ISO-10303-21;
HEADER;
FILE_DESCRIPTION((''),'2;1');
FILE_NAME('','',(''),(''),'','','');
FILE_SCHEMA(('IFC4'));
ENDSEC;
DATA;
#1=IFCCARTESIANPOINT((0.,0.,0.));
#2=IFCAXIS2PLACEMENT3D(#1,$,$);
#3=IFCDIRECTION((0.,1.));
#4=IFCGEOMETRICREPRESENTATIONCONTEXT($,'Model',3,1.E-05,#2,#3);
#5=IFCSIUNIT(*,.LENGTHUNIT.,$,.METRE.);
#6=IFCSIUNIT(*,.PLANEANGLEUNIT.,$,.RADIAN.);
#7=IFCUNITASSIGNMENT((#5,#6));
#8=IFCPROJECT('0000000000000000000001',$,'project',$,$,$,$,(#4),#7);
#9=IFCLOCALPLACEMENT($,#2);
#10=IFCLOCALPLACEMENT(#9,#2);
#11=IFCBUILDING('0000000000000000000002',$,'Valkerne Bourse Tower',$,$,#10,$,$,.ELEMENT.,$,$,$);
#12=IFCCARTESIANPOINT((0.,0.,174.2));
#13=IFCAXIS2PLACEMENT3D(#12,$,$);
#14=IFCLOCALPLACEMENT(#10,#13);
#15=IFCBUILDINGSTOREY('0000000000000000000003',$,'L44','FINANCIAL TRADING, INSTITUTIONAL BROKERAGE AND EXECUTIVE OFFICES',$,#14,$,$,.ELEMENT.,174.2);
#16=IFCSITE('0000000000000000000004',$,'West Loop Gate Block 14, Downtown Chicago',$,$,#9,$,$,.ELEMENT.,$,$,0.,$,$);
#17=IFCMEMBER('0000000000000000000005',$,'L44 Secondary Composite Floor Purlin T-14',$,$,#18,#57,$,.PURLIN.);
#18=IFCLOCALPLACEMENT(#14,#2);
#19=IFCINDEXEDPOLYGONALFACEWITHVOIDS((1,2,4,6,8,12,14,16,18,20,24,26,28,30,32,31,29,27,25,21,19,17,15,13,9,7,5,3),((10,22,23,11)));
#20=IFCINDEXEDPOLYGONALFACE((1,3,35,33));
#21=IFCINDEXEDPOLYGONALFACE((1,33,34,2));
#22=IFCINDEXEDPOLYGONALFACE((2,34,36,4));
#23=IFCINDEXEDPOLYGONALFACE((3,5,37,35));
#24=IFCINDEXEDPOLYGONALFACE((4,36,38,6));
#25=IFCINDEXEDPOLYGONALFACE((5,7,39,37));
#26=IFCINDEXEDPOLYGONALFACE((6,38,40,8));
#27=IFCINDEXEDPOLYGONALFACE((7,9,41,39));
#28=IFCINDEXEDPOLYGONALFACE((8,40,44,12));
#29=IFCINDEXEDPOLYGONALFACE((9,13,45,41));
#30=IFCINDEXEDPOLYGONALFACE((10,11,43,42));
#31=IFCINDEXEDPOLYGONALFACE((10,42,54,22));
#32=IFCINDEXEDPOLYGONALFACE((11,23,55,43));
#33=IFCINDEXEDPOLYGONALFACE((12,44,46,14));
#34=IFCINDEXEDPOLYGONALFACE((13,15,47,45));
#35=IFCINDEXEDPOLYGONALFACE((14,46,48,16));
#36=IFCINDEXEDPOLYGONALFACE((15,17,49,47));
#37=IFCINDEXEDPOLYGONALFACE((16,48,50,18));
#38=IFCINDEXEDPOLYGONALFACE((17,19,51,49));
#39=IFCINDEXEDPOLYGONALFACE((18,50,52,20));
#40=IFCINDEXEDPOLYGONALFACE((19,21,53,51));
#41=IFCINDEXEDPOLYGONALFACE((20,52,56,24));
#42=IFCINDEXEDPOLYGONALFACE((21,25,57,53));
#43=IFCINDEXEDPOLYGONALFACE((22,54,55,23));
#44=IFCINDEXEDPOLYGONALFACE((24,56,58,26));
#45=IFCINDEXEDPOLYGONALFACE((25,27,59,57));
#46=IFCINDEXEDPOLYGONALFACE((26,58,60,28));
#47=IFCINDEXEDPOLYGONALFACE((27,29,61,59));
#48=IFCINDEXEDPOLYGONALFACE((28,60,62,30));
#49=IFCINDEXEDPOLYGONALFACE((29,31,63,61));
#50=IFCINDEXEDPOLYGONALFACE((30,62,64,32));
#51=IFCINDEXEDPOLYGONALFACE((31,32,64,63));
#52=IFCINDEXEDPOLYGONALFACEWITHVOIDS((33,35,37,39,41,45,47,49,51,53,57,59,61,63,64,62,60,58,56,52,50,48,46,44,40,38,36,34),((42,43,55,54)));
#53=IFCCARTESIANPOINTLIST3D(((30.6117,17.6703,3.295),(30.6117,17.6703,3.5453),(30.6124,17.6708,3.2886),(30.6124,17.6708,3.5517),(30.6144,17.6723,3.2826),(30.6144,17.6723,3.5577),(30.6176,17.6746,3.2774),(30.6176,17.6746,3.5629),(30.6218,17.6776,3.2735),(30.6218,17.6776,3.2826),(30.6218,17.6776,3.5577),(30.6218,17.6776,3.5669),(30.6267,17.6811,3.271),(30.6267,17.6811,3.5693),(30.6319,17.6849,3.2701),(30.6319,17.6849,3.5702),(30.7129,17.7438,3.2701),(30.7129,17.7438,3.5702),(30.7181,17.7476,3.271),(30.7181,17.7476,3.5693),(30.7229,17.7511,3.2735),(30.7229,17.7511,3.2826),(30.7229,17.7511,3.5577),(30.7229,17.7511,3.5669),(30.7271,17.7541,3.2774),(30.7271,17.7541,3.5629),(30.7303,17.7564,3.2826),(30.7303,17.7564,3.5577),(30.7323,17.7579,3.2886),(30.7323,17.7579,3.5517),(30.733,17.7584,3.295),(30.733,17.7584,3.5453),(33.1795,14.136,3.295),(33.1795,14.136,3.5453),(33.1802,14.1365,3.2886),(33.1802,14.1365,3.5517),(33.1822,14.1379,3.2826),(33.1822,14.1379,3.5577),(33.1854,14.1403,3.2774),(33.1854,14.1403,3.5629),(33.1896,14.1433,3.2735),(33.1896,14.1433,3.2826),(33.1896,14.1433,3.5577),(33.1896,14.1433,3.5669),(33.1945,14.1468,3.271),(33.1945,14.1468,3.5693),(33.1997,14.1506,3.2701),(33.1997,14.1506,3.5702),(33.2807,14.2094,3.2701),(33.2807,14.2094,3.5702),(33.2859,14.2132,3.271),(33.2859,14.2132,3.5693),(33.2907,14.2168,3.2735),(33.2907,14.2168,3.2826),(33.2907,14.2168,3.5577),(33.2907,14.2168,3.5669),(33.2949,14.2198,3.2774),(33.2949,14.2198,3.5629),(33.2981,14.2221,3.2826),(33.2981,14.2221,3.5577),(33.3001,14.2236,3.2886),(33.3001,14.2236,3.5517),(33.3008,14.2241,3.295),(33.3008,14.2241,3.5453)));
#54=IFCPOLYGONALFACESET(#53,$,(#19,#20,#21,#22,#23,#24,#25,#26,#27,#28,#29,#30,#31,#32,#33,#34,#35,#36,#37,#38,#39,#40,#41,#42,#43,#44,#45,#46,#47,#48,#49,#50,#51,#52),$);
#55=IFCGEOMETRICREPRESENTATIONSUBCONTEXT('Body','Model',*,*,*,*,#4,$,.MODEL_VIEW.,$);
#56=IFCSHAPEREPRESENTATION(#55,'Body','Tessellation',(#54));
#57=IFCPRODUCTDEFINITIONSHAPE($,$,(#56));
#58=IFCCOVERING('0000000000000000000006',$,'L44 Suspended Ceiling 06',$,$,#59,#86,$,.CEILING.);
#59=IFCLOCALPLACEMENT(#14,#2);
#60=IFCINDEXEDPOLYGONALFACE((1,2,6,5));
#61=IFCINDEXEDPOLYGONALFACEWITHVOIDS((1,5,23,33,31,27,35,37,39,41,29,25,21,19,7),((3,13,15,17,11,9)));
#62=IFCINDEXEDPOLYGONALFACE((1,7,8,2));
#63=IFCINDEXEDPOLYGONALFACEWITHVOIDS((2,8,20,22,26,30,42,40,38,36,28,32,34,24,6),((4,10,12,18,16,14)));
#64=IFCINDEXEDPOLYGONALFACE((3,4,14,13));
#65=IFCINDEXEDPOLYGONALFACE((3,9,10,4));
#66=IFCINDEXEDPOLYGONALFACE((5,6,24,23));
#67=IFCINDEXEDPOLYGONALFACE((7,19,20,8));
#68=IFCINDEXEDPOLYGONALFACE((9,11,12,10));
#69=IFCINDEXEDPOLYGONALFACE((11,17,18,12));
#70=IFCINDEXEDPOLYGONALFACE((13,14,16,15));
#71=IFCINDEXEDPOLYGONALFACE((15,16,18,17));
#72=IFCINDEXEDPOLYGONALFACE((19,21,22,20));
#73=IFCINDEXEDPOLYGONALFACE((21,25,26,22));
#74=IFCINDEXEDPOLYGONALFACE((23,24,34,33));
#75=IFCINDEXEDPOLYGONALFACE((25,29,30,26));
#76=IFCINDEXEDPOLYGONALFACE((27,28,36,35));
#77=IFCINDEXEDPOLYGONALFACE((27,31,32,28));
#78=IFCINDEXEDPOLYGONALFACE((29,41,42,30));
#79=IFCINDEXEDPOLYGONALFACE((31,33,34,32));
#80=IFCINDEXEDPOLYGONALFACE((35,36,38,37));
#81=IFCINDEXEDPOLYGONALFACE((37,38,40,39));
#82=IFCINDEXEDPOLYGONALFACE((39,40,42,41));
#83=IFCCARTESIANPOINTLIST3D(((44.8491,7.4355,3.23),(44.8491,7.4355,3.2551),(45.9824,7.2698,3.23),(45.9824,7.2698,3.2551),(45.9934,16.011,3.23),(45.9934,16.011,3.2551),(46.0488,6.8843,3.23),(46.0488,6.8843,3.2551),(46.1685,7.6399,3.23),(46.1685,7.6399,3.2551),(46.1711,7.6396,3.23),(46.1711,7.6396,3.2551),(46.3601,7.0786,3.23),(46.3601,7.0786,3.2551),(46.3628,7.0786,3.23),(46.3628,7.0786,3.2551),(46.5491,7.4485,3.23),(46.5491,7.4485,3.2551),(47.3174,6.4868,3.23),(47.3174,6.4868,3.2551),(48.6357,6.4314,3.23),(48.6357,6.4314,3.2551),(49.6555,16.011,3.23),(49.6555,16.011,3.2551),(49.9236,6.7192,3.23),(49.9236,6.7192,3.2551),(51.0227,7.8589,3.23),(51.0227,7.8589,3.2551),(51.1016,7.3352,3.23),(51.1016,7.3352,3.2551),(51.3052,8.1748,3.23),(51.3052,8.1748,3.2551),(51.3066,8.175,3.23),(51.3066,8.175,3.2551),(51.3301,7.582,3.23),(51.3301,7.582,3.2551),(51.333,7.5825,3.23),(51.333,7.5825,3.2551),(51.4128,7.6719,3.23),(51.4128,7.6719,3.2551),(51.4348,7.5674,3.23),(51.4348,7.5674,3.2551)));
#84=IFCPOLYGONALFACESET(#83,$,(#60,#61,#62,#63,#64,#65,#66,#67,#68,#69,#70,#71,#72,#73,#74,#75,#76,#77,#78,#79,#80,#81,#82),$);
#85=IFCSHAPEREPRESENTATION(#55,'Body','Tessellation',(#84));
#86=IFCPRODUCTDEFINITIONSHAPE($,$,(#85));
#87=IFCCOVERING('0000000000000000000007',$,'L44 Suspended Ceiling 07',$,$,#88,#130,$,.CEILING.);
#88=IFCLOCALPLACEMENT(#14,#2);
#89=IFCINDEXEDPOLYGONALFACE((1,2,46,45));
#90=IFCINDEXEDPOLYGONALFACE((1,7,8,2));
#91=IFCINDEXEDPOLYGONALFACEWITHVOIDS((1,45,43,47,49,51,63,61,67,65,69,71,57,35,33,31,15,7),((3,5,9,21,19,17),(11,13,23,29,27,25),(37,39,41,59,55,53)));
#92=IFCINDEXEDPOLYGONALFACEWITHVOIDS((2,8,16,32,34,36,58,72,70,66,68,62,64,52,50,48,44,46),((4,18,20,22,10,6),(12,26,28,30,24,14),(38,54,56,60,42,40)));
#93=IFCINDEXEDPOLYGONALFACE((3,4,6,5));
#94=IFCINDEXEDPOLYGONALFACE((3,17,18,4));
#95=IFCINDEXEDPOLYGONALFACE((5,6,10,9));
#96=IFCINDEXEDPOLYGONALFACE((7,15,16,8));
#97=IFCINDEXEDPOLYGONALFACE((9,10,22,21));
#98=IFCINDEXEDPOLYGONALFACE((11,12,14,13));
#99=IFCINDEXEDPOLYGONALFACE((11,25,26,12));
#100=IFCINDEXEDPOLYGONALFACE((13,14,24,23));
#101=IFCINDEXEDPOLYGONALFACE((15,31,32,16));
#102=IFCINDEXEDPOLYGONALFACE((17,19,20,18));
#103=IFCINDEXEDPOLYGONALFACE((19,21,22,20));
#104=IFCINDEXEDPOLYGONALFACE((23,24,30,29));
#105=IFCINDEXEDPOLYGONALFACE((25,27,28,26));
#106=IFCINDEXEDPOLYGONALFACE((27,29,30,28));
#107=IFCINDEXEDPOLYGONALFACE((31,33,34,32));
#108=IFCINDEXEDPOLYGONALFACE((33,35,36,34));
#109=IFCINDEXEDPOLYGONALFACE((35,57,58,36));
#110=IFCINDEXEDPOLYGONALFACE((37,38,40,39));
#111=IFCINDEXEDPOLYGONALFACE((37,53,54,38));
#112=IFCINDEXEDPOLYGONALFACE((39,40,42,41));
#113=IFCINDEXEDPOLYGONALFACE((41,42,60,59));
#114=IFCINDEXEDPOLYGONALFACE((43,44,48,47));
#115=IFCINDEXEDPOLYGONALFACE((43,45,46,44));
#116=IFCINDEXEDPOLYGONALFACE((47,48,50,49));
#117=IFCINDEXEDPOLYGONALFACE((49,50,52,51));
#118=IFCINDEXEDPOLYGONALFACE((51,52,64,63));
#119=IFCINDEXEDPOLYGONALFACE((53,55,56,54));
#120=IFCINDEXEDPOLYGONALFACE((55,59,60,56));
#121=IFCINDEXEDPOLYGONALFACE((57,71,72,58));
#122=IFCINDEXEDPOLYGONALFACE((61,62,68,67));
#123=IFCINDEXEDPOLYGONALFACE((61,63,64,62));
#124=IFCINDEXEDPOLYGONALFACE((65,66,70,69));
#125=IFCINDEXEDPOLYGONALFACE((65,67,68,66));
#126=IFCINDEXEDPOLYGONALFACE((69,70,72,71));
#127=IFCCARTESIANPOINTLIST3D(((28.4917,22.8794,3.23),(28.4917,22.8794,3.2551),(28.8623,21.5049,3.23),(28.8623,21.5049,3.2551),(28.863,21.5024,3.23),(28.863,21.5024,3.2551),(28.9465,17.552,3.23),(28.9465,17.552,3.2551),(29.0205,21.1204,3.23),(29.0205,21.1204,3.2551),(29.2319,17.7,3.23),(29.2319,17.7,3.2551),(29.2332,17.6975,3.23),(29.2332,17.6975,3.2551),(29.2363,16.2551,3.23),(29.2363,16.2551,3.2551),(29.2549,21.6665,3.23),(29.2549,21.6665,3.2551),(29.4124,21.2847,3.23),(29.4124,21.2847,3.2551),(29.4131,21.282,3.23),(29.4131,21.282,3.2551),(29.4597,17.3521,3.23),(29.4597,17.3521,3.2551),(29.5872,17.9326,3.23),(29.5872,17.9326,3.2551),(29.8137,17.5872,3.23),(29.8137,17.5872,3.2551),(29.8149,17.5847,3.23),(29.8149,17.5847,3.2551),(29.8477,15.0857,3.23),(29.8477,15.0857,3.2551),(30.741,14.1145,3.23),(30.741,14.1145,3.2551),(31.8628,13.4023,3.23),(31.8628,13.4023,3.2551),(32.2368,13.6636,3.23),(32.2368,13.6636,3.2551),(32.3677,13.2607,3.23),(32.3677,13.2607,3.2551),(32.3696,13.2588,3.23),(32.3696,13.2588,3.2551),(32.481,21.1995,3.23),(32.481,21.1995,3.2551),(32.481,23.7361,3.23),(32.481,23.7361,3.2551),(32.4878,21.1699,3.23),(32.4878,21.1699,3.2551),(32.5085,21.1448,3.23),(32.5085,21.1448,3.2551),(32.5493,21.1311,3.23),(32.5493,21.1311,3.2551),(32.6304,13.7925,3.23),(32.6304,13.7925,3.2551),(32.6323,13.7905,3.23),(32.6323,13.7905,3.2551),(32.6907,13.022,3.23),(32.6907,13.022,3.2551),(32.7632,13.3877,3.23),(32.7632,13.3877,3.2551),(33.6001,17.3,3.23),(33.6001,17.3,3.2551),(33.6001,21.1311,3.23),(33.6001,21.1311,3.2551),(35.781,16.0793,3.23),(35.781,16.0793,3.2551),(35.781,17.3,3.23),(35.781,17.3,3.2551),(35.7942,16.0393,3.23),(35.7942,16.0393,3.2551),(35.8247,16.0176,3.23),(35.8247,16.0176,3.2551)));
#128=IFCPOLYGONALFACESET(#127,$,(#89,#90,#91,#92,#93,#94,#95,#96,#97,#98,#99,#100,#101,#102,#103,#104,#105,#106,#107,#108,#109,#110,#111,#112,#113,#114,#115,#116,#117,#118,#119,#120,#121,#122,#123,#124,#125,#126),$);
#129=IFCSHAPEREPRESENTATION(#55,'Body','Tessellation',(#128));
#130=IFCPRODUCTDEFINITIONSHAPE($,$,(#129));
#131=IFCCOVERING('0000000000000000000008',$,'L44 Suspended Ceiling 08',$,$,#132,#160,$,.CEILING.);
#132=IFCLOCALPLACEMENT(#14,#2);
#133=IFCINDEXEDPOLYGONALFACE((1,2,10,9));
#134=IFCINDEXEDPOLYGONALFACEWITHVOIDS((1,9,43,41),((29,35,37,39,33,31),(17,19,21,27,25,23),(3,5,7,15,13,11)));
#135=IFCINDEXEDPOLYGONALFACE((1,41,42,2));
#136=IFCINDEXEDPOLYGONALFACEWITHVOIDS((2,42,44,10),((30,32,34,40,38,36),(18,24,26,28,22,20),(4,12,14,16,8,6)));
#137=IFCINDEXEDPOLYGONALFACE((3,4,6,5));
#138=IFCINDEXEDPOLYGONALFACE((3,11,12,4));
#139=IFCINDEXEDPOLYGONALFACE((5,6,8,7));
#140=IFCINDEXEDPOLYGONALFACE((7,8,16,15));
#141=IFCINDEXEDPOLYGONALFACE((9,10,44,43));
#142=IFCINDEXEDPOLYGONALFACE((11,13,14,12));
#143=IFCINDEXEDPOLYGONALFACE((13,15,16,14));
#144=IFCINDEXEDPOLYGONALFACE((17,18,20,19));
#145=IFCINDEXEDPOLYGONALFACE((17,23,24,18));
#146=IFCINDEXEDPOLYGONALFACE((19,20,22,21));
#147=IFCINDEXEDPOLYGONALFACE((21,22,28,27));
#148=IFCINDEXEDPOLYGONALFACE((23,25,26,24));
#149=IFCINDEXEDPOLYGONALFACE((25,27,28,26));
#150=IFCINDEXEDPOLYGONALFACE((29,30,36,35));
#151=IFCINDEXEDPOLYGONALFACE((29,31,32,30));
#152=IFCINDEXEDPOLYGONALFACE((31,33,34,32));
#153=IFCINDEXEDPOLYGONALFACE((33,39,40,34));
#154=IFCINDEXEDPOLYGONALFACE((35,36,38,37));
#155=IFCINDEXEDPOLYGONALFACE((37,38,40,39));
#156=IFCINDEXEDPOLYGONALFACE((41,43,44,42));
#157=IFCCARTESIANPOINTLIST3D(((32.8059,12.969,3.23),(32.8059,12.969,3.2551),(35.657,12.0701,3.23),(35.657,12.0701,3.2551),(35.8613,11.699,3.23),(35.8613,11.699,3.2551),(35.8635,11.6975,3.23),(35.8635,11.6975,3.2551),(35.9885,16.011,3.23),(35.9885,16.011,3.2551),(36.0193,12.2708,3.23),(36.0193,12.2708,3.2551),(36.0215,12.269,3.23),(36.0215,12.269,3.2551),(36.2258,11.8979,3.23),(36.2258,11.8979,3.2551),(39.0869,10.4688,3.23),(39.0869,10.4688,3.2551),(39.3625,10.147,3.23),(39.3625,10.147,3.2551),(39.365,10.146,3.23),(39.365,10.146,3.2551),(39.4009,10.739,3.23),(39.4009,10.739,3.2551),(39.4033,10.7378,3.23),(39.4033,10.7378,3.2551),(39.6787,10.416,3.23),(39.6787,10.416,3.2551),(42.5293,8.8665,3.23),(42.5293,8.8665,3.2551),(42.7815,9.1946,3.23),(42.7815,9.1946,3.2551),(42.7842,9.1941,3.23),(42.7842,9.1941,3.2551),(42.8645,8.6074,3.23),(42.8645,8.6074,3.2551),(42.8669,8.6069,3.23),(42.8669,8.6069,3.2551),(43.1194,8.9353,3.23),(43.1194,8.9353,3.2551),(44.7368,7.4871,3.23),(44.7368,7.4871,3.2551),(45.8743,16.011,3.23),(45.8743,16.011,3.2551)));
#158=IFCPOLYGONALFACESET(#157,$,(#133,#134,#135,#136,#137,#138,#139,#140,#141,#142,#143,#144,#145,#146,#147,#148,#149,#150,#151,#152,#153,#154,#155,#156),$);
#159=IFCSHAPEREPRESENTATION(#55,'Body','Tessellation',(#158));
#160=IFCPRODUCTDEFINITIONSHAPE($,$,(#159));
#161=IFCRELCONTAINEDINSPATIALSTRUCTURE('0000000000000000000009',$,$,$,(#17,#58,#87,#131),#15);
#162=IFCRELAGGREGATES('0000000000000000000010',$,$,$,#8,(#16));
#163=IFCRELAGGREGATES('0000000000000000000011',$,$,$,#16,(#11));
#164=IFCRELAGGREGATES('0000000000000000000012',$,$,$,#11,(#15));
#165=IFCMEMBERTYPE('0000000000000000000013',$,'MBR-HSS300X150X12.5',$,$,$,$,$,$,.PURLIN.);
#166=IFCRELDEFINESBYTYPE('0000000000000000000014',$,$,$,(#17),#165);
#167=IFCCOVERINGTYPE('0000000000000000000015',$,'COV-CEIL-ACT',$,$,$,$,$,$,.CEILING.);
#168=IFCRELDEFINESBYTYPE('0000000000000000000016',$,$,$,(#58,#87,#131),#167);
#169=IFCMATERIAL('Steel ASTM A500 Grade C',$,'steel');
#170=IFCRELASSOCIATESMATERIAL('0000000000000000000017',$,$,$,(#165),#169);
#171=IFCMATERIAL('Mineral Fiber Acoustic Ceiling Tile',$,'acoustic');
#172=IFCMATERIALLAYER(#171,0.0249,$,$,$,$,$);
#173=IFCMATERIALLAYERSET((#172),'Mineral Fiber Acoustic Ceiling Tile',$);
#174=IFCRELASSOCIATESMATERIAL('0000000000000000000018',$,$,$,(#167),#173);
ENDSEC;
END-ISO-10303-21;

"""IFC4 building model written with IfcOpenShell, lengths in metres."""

from ifc_helpers import new_model, si_unit, direction, frame, origin, origin_2d, place, context, subcontext, project, spatial, polyline, hollow_rectangle, outline, extrude, material, layer, layer_set, material_profile, profile_set, type_object, element, save


model = new_model("IFC4")

# Units and contexts
model_context = context("Model", 3, precision=1e-05, world=origin(), true_north=direction((0.0, 1.0)))
body_context = subcontext(model_context, "Body", "Model", "MODEL_VIEW")
ifc_project = project(units=[si_unit("LENGTHUNIT", "METRE"), si_unit("PLANEANGLEUNIT", "RADIAN")], contexts=[model_context])

# Site, building, storey
site_placement = place(None, origin())
site = spatial("IfcSite", under=ifc_project, at=site_placement, Name="West Loop Gate Block 14, Downtown Chicago", CompositionType="ELEMENT", RefElevation=0.0)
building_placement = place(site_placement, origin())
building = spatial("IfcBuilding", under=site, at=building_placement, Name="Valkerne Bourse Tower", CompositionType="ELEMENT")
storey_placement = place(building_placement, frame((0.0, 0.0, 174.2)))
storey = spatial("IfcBuildingStorey", under=building, at=storey_placement, Name="L44", Description="FINANCIAL TRADING, INSTITUTIONAL BROKERAGE AND EXECUTIVE OFFICES", CompositionType="ELEMENT", Elevation=174.2)

# Member
ifc_material_1 = material(Name="Steel ASTM A500 Grade C", Category="steel")
ifc_material_profile_1 = material_profile(ifc_material_1, hollow_rectangle(XDim=0.1499, YDim=0.3, WallThickness=0.0125, OuterFilletRadius=0.0249, at=origin_2d()), Name="HSS300X150X12.5")
ifc_profile_set_1 = profile_set([ifc_material_profile_1], Name="Steel ASTM A500 Grade C")
member_type_1 = type_object("IfcMemberType", Name="MBR-HSS300X150X12.5", PredefinedType="PURLIN", material=ifc_profile_set_1)
member_1_placement = place(storey_placement, frame((30.6724, 17.7144, 3.4202), z_axis=(0.58778, -0.809021, 0.0), x_axis=(0.809021, 0.58778, 0.0)))
element("IfcMember", 1, at=member_1_placement, inside=storey, type_object=member_type_1, Name="L44 Secondary Composite Floor Purlin T-14", PredefinedType="PURLIN", context=body_context, shape_type="SweptSolid", body=[
    extrude(hollow_rectangle(XDim=0.1499, YDim=0.3, WallThickness=0.0125, OuterFilletRadius=0.0249, at=origin_2d()), origin(), (0.0, 0.0, 1.0), 4.3687),
])

# Coverings
ifc_material_2 = material(Name="Mineral Fiber Acoustic Ceiling Tile", Category="acoustic")
ifc_layer_1 = layer(ifc_material_2, 0.0249)
ifc_layer_set_1 = layer_set([ifc_layer_1], Name="Mineral Fiber Acoustic Ceiling Tile")
covering_type_1 = type_object("IfcCoveringType", Name="COV-CEIL-ACT", PredefinedType="CEILING", material=ifc_layer_set_1)
covering_1_placement = place(storey_placement, frame((0.0, 0.0, 3.23)))
element("IfcCovering", 2, at=covering_1_placement, inside=storey, type_object=covering_type_1, Name="L44 Suspended Ceiling 06", PredefinedType="CEILING", context=body_context, shape_type="SweptSolid", body=[
    extrude(outline(polyline([(48.6357, 6.4314), (47.3174, 6.4868), (46.0488, 6.8843), (44.8491, 7.4355), (45.9934, 16.011), (49.6555, 16.011), (51.3066, 8.175), (51.3052, 8.1748), (51.0227, 7.8589), (51.3301, 7.582), (51.333, 7.5825), (51.4128, 7.6719), (51.4348, 7.5674), (51.1016, 7.3352), (49.9236, 6.7192), (48.6357, 6.4314)]), holes=[polyline([(46.5491, 7.4485), (46.1711, 7.6396), (46.1685, 7.6399), (45.9824, 7.2698), (46.3601, 7.0786), (46.3628, 7.0786), (46.5491, 7.4485)])]), origin(), (0.0, 0.0, 1.0), 0.0251),
])
covering_2_placement = place(storey_placement, frame((0.0, 0.0, 3.23)))
element("IfcCovering", 3, at=covering_2_placement, inside=storey, type_object=covering_type_1, Name="L44 Suspended Ceiling 07", PredefinedType="CEILING", context=body_context, shape_type="SweptSolid", body=[
    extrude(outline(polyline([(29.8477, 15.0857), (29.2363, 16.2551), (28.9465, 17.552), (28.4917, 22.8794), (32.481, 23.7361), (32.481, 21.1995), (32.4878, 21.1699), (32.5085, 21.1448), (32.5493, 21.1311), (33.6001, 21.1311), (33.6001, 17.3), (35.781, 17.3), (35.781, 16.0793), (35.7942, 16.0393), (35.8247, 16.0176), (32.6907, 13.022), (31.8628, 13.4023), (30.741, 14.1145), (29.8477, 15.0857)]), holes=[polyline([(32.6323, 13.7905), (32.6304, 13.7925), (32.2368, 13.6636), (32.3677, 13.2607), (32.3696, 13.2588), (32.7632, 13.3877), (32.6323, 13.7905)]), polyline([(29.8149, 17.5847), (29.8137, 17.5872), (29.5872, 17.9326), (29.2319, 17.7), (29.2332, 17.6975), (29.4597, 17.3521), (29.8149, 17.5847)]), polyline([(29.4131, 21.282), (29.4124, 21.2847), (29.2549, 21.6665), (28.8623, 21.5049), (28.863, 21.5024), (29.0205, 21.1204), (29.4131, 21.282)])]), origin(), (0.0, 0.0, 1.0), 0.0251),
])
covering_3_placement = place(storey_placement, frame((0.0, 0.0, 3.23)))
element("IfcCovering", 4, at=covering_3_placement, inside=storey, type_object=covering_type_1, Name="L44 Suspended Ceiling 08", PredefinedType="CEILING", context=body_context, shape_type="SweptSolid", body=[
    extrude(outline(polyline([(45.8743, 16.011), (44.7368, 7.4871), (32.8059, 12.969), (35.9885, 16.011), (45.8743, 16.011)]), holes=[polyline([(36.0215, 12.269), (36.0193, 12.2708), (35.657, 12.0701), (35.8613, 11.699), (35.8635, 11.6975), (36.2258, 11.8979), (36.0215, 12.269)]), polyline([(42.7842, 9.1941), (42.7815, 9.1946), (42.5293, 8.8665), (42.8645, 8.6074), (42.8669, 8.6069), (43.1194, 8.9353), (42.7842, 9.1941)]), polyline([(39.6787, 10.416), (39.4033, 10.7378), (39.4009, 10.739), (39.0869, 10.4688), (39.3625, 10.147), (39.365, 10.146), (39.6787, 10.416)])]), origin(), (0.0, 0.0, 1.0), 0.0251),
])

save(model, "model.ifc")
